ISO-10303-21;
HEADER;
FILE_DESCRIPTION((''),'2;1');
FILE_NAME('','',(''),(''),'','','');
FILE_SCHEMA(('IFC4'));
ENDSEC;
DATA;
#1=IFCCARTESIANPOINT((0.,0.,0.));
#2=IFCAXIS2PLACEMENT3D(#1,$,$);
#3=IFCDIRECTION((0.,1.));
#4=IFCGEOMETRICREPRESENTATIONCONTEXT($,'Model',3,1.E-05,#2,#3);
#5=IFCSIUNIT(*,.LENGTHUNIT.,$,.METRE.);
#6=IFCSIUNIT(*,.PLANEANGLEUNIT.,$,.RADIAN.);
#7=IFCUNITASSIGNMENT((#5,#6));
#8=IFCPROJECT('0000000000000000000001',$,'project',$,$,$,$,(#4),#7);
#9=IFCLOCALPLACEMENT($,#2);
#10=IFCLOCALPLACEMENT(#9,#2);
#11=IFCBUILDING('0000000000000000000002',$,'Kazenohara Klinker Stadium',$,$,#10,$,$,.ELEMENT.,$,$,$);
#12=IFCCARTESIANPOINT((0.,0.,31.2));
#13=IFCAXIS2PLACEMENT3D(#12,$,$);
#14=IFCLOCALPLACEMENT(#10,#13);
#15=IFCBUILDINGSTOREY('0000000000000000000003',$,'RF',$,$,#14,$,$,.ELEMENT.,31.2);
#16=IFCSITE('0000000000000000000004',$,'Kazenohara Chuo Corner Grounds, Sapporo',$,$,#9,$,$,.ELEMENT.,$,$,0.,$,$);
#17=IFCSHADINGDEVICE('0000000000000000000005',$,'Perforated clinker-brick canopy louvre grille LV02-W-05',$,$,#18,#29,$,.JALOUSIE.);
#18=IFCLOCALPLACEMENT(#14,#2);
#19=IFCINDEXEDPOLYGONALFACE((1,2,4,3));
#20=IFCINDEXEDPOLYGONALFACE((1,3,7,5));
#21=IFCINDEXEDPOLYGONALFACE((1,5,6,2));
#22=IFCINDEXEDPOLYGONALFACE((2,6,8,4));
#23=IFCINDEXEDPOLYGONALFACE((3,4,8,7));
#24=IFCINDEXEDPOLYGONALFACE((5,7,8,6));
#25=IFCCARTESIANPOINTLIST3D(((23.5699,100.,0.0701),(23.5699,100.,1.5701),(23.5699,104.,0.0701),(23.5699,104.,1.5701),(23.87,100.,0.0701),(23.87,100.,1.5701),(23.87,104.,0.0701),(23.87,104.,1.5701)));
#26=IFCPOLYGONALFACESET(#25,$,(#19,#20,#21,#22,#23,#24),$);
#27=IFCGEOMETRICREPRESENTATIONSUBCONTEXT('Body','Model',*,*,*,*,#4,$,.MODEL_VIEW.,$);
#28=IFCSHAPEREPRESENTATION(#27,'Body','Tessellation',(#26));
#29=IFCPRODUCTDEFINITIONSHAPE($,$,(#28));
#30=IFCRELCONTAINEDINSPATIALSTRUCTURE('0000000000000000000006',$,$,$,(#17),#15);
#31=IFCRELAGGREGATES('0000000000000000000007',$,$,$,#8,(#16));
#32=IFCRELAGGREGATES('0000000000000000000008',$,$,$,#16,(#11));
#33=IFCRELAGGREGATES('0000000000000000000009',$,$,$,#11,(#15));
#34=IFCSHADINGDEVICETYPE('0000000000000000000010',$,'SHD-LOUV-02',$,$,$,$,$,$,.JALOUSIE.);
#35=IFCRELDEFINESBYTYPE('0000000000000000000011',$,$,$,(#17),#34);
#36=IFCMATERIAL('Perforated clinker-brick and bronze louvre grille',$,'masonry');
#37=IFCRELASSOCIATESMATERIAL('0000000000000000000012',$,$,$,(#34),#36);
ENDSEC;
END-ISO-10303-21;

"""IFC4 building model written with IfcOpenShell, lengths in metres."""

from ifc_helpers import new_model, si_unit, direction, frame, origin, origin_2d, place, context, subcontext, project, spatial, rectangle, extrude, material, type_object, element, save


model = new_model("IFC4")

# Units and contexts
model_context = context("Model", 3, precision=1e-05, world=origin(), true_north=direction((0.0, 1.0)))
body_context = subcontext(model_context, "Body", "Model", "MODEL_VIEW")
ifc_project = project(units=[si_unit("LENGTHUNIT", "METRE"), si_unit("PLANEANGLEUNIT", "RADIAN")], contexts=[model_context])

# Site, building, storey
site_placement = place(None, origin())
site = spatial("IfcSite", under=ifc_project, at=site_placement, Name="Kazenohara Chuo Corner Grounds, Sapporo", CompositionType="ELEMENT", RefElevation=0.0)
building_placement = place(site_placement, origin())
building = spatial("IfcBuilding", under=site, at=building_placement, Name="Kazenohara Klinker Stadium", CompositionType="ELEMENT")
storey_placement = place(building_placement, frame((0.0, 0.0, 31.2)))
storey = spatial("IfcBuildingStorey", under=building, at=storey_placement, Name="RF", CompositionType="ELEMENT", Elevation=31.2)

# Shading device
ifc_material_1 = material(Name="Perforated clinker-brick and bronze louvre grille", Category="masonry")
shading_device_type = type_object("IfcShadingDeviceType", Name="SHD-LOUV-02", PredefinedType="JALOUSIE", material=ifc_material_1)
shading_device_placement = place(storey_placement, frame((23.72, 102.0, 0.0701), z_axis=(0.0, 0.0, 1.0), x_axis=(0.0, 1.0, 0.0)))
element("IfcShadingDevice", 1, at=shading_device_placement, inside=storey, type_object=shading_device_type, Name="Perforated clinker-brick canopy louvre grille LV02-W-05", PredefinedType="JALOUSIE", context=body_context, shape_type="SweptSolid", body=[
    extrude(rectangle(XDim=4.0, YDim=0.3, at=origin_2d()), origin(), (0.0, 0.0, 1.0), 1.5),
])

save(model, "model.ifc")
